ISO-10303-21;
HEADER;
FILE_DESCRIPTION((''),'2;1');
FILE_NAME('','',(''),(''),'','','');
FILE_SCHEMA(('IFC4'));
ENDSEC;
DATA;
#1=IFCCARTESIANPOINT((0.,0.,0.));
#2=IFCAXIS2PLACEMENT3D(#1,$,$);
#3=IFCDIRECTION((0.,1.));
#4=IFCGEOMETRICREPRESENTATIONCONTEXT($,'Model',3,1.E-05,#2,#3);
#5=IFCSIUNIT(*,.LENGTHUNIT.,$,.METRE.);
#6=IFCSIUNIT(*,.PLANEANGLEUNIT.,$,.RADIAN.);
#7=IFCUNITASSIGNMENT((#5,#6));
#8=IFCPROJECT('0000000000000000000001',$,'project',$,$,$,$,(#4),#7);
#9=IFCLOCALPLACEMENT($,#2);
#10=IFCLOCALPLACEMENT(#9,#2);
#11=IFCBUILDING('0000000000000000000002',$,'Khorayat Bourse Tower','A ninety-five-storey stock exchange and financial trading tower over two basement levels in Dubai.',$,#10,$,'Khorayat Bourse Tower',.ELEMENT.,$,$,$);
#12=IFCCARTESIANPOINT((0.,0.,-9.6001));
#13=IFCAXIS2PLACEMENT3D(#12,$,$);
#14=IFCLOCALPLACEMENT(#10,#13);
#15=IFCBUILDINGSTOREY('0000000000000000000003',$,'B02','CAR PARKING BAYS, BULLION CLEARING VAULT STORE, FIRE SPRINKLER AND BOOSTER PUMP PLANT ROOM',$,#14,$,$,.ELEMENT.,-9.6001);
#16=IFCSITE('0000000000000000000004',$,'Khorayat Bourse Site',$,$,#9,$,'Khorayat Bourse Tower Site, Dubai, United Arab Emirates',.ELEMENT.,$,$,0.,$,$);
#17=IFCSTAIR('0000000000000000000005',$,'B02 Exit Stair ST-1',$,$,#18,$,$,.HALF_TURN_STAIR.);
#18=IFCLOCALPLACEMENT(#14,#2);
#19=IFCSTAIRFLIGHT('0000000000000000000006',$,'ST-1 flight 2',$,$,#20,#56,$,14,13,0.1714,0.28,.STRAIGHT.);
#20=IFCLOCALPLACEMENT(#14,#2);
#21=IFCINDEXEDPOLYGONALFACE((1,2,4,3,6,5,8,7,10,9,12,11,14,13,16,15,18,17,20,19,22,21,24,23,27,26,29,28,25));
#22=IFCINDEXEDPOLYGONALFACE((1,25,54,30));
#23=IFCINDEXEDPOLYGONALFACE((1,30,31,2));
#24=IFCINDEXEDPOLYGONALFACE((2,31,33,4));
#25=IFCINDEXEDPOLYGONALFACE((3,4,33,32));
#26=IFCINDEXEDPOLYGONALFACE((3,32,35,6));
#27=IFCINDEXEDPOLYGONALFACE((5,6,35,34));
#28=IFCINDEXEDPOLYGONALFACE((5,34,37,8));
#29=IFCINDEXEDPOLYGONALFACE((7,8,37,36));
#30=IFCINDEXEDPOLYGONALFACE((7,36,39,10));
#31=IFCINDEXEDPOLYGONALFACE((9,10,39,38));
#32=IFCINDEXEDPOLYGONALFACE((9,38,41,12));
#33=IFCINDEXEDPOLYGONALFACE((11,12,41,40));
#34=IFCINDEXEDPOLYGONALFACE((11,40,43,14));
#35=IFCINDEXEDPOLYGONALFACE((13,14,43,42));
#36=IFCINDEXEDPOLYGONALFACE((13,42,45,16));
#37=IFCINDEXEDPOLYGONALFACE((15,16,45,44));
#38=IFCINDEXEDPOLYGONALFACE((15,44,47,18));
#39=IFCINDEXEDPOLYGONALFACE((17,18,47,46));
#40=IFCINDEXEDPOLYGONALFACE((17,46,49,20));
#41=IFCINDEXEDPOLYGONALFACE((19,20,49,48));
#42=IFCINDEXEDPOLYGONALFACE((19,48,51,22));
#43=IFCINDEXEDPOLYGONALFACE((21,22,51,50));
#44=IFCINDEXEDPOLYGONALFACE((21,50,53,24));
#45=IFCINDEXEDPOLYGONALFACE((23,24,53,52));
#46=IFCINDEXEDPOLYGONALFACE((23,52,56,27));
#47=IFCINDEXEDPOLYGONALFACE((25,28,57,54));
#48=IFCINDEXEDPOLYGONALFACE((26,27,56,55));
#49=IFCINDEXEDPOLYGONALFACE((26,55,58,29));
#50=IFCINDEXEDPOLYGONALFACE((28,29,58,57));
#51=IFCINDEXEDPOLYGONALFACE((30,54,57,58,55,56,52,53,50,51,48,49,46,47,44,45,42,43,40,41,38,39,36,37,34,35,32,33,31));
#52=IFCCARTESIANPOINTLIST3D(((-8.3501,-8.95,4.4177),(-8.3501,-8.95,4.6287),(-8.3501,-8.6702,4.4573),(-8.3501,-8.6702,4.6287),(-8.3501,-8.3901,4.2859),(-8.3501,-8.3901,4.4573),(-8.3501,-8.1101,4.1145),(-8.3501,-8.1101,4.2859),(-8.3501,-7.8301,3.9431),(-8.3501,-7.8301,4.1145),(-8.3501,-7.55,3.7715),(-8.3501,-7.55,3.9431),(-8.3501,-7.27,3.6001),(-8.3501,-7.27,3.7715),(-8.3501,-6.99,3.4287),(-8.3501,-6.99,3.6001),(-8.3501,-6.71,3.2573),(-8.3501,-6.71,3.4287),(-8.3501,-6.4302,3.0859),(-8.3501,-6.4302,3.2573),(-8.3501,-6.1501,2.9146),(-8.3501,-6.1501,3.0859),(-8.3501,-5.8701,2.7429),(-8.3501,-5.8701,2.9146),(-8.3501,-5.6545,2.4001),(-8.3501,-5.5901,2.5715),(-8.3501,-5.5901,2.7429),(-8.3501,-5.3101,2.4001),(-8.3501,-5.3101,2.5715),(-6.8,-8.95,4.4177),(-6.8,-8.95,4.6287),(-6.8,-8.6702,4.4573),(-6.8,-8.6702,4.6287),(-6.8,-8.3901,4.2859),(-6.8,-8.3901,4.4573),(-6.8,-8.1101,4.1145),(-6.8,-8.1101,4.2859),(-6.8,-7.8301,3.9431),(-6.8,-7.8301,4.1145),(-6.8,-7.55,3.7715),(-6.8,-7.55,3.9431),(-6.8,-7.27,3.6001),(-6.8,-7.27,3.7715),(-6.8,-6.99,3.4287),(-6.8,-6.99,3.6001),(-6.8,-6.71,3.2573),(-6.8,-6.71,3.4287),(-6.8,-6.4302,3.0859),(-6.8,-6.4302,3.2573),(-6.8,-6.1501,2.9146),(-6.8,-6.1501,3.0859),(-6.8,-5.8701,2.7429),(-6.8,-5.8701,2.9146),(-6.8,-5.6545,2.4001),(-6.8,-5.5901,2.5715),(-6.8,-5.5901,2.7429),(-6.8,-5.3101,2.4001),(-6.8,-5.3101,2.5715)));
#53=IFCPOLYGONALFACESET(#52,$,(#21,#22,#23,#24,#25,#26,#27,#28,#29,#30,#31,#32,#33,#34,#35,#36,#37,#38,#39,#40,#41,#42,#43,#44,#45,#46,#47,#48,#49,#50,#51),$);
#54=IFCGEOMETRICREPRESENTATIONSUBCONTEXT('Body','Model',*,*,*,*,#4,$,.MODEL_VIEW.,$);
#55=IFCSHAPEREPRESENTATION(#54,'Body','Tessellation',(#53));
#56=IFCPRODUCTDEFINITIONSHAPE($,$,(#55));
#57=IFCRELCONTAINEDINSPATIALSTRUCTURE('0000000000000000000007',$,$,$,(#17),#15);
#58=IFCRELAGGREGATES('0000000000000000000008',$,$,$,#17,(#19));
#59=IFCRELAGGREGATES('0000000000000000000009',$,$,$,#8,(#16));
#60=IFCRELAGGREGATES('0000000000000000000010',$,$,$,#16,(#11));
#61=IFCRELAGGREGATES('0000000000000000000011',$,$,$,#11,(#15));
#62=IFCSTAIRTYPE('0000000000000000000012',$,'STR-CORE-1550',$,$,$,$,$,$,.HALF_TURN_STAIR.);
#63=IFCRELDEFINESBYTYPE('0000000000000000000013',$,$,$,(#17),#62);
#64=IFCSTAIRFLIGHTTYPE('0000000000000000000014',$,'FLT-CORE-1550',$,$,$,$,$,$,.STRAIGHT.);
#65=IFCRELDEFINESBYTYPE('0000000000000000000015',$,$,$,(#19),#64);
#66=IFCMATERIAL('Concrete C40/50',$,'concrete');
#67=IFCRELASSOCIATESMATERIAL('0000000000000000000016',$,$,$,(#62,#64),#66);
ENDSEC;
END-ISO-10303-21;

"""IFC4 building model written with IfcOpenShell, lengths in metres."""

from ifc_helpers import new_model, si_unit, direction, frame, origin, place, context, subcontext, project, spatial, polyline, outline, extrude, source, transform, mapped, material, type_object, element, aggregate, save


model = new_model("IFC4")

# Units and contexts
model_context = context("Model", 3, precision=1e-05, world=origin(), true_north=direction((0.0, 1.0)))
body_context = subcontext(model_context, "Body", "Model", "MODEL_VIEW")
ifc_project = project(units=[si_unit("LENGTHUNIT", "METRE"), si_unit("PLANEANGLEUNIT", "RADIAN")], contexts=[model_context])

# Site, building, storey
site_placement = place(None, origin())
site = spatial("IfcSite", under=ifc_project, at=site_placement, Name="Khorayat Bourse Site", LongName="Khorayat Bourse Tower Site, Dubai, United Arab Emirates", CompositionType="ELEMENT", RefElevation=0.0)
building_placement = place(site_placement, origin())
building = spatial("IfcBuilding", under=site, at=building_placement, Name="Khorayat Bourse Tower", Description="A ninety-five-storey stock exchange and financial trading tower over two basement levels in Dubai.", LongName="Khorayat Bourse Tower", CompositionType="ELEMENT")
storey_placement = place(building_placement, frame((0.0, 0.0, -9.6001)))
storey = spatial("IfcBuildingStorey", under=building, at=storey_placement, Name="B02", Description="CAR PARKING BAYS, BULLION CLEARING VAULT STORE, FIRE SPRINKLER AND BOOSTER PUMP PLANT ROOM", CompositionType="ELEMENT", Elevation=-9.6001)

# Stair, stair flight
ifc_material_1 = material(Name="Concrete C40/50", Category="concrete")
stair_type = type_object("IfcStairType", Name="STR-CORE-1550", PredefinedType="HALF_TURN_STAIR", material=ifc_material_1)
stair_placement = place(storey_placement, origin())
stair = element("IfcStair", 1, at=stair_placement, inside=storey, type_object=stair_type, Name="B02 Exit Stair ST-1", PredefinedType="HALF_TURN_STAIR")
stair_flight_type = type_object("IfcStairFlightType", Name="FLT-CORE-1550", PredefinedType="STRAIGHT", material=ifc_material_1)
shared_shape_1 = source(origin(), body_context, "Body", "SweptSolid", [
    extrude(outline(polyline([(0.0, 0.0), (0.0, 0.1714), (0.28, 0.1714), (0.28, 0.3428), (0.5601, 0.3428), (0.5601, 0.5144), (0.8401, 0.5144), (0.8401, 0.6858), (1.1201, 0.6858), (1.1201, 0.8572), (1.3999, 0.8572), (1.3999, 1.0286), (1.6799, 1.0286), (1.6799, 1.2), (1.96, 1.2), (1.96, 1.3713), (2.24, 1.3713), (2.24, 1.543), (2.52, 1.543), (2.52, 1.7144), (2.8, 1.7144), (2.8, 1.8857), (3.0801, 1.8857), (3.0801, 2.0571), (3.3601, 2.0571), (3.3601, 2.2285), (3.6399, 2.2285), (3.6399, 2.3999), (3.6399, 2.0176), (0.3445, 0.0), (0.0, 0.0)])), frame((0.0, 0.7749, 0.0), z_axis=(0.0, -1.0, 0.0), x_axis=(1.0, 0.0, 0.0)), (0.0, 0.0, 1.0), 1.55),
])
stair_flight_placement = place(storey_placement, frame((-7.575, -5.3101, 2.4001), z_axis=(0.0, 0.0, 1.0), x_axis=(0.0, -1.0, 0.0)))
stair_flight = element("IfcStairFlight", 2, at=stair_flight_placement, type_object=stair_flight_type, Name="ST-1 flight 2", NumberOfRisers=14, NumberOfTreads=13, PredefinedType="STRAIGHT", RiserHeight=0.1714, TreadLength=0.28, context=body_context, shape_type="MappedRepresentation", body=[
    mapped(shared_shape_1, transform((0.0, 0.0, 0.0), scale=1.0)),
])
aggregate(stair, [stair_flight])

save(model, "model.ifc")
